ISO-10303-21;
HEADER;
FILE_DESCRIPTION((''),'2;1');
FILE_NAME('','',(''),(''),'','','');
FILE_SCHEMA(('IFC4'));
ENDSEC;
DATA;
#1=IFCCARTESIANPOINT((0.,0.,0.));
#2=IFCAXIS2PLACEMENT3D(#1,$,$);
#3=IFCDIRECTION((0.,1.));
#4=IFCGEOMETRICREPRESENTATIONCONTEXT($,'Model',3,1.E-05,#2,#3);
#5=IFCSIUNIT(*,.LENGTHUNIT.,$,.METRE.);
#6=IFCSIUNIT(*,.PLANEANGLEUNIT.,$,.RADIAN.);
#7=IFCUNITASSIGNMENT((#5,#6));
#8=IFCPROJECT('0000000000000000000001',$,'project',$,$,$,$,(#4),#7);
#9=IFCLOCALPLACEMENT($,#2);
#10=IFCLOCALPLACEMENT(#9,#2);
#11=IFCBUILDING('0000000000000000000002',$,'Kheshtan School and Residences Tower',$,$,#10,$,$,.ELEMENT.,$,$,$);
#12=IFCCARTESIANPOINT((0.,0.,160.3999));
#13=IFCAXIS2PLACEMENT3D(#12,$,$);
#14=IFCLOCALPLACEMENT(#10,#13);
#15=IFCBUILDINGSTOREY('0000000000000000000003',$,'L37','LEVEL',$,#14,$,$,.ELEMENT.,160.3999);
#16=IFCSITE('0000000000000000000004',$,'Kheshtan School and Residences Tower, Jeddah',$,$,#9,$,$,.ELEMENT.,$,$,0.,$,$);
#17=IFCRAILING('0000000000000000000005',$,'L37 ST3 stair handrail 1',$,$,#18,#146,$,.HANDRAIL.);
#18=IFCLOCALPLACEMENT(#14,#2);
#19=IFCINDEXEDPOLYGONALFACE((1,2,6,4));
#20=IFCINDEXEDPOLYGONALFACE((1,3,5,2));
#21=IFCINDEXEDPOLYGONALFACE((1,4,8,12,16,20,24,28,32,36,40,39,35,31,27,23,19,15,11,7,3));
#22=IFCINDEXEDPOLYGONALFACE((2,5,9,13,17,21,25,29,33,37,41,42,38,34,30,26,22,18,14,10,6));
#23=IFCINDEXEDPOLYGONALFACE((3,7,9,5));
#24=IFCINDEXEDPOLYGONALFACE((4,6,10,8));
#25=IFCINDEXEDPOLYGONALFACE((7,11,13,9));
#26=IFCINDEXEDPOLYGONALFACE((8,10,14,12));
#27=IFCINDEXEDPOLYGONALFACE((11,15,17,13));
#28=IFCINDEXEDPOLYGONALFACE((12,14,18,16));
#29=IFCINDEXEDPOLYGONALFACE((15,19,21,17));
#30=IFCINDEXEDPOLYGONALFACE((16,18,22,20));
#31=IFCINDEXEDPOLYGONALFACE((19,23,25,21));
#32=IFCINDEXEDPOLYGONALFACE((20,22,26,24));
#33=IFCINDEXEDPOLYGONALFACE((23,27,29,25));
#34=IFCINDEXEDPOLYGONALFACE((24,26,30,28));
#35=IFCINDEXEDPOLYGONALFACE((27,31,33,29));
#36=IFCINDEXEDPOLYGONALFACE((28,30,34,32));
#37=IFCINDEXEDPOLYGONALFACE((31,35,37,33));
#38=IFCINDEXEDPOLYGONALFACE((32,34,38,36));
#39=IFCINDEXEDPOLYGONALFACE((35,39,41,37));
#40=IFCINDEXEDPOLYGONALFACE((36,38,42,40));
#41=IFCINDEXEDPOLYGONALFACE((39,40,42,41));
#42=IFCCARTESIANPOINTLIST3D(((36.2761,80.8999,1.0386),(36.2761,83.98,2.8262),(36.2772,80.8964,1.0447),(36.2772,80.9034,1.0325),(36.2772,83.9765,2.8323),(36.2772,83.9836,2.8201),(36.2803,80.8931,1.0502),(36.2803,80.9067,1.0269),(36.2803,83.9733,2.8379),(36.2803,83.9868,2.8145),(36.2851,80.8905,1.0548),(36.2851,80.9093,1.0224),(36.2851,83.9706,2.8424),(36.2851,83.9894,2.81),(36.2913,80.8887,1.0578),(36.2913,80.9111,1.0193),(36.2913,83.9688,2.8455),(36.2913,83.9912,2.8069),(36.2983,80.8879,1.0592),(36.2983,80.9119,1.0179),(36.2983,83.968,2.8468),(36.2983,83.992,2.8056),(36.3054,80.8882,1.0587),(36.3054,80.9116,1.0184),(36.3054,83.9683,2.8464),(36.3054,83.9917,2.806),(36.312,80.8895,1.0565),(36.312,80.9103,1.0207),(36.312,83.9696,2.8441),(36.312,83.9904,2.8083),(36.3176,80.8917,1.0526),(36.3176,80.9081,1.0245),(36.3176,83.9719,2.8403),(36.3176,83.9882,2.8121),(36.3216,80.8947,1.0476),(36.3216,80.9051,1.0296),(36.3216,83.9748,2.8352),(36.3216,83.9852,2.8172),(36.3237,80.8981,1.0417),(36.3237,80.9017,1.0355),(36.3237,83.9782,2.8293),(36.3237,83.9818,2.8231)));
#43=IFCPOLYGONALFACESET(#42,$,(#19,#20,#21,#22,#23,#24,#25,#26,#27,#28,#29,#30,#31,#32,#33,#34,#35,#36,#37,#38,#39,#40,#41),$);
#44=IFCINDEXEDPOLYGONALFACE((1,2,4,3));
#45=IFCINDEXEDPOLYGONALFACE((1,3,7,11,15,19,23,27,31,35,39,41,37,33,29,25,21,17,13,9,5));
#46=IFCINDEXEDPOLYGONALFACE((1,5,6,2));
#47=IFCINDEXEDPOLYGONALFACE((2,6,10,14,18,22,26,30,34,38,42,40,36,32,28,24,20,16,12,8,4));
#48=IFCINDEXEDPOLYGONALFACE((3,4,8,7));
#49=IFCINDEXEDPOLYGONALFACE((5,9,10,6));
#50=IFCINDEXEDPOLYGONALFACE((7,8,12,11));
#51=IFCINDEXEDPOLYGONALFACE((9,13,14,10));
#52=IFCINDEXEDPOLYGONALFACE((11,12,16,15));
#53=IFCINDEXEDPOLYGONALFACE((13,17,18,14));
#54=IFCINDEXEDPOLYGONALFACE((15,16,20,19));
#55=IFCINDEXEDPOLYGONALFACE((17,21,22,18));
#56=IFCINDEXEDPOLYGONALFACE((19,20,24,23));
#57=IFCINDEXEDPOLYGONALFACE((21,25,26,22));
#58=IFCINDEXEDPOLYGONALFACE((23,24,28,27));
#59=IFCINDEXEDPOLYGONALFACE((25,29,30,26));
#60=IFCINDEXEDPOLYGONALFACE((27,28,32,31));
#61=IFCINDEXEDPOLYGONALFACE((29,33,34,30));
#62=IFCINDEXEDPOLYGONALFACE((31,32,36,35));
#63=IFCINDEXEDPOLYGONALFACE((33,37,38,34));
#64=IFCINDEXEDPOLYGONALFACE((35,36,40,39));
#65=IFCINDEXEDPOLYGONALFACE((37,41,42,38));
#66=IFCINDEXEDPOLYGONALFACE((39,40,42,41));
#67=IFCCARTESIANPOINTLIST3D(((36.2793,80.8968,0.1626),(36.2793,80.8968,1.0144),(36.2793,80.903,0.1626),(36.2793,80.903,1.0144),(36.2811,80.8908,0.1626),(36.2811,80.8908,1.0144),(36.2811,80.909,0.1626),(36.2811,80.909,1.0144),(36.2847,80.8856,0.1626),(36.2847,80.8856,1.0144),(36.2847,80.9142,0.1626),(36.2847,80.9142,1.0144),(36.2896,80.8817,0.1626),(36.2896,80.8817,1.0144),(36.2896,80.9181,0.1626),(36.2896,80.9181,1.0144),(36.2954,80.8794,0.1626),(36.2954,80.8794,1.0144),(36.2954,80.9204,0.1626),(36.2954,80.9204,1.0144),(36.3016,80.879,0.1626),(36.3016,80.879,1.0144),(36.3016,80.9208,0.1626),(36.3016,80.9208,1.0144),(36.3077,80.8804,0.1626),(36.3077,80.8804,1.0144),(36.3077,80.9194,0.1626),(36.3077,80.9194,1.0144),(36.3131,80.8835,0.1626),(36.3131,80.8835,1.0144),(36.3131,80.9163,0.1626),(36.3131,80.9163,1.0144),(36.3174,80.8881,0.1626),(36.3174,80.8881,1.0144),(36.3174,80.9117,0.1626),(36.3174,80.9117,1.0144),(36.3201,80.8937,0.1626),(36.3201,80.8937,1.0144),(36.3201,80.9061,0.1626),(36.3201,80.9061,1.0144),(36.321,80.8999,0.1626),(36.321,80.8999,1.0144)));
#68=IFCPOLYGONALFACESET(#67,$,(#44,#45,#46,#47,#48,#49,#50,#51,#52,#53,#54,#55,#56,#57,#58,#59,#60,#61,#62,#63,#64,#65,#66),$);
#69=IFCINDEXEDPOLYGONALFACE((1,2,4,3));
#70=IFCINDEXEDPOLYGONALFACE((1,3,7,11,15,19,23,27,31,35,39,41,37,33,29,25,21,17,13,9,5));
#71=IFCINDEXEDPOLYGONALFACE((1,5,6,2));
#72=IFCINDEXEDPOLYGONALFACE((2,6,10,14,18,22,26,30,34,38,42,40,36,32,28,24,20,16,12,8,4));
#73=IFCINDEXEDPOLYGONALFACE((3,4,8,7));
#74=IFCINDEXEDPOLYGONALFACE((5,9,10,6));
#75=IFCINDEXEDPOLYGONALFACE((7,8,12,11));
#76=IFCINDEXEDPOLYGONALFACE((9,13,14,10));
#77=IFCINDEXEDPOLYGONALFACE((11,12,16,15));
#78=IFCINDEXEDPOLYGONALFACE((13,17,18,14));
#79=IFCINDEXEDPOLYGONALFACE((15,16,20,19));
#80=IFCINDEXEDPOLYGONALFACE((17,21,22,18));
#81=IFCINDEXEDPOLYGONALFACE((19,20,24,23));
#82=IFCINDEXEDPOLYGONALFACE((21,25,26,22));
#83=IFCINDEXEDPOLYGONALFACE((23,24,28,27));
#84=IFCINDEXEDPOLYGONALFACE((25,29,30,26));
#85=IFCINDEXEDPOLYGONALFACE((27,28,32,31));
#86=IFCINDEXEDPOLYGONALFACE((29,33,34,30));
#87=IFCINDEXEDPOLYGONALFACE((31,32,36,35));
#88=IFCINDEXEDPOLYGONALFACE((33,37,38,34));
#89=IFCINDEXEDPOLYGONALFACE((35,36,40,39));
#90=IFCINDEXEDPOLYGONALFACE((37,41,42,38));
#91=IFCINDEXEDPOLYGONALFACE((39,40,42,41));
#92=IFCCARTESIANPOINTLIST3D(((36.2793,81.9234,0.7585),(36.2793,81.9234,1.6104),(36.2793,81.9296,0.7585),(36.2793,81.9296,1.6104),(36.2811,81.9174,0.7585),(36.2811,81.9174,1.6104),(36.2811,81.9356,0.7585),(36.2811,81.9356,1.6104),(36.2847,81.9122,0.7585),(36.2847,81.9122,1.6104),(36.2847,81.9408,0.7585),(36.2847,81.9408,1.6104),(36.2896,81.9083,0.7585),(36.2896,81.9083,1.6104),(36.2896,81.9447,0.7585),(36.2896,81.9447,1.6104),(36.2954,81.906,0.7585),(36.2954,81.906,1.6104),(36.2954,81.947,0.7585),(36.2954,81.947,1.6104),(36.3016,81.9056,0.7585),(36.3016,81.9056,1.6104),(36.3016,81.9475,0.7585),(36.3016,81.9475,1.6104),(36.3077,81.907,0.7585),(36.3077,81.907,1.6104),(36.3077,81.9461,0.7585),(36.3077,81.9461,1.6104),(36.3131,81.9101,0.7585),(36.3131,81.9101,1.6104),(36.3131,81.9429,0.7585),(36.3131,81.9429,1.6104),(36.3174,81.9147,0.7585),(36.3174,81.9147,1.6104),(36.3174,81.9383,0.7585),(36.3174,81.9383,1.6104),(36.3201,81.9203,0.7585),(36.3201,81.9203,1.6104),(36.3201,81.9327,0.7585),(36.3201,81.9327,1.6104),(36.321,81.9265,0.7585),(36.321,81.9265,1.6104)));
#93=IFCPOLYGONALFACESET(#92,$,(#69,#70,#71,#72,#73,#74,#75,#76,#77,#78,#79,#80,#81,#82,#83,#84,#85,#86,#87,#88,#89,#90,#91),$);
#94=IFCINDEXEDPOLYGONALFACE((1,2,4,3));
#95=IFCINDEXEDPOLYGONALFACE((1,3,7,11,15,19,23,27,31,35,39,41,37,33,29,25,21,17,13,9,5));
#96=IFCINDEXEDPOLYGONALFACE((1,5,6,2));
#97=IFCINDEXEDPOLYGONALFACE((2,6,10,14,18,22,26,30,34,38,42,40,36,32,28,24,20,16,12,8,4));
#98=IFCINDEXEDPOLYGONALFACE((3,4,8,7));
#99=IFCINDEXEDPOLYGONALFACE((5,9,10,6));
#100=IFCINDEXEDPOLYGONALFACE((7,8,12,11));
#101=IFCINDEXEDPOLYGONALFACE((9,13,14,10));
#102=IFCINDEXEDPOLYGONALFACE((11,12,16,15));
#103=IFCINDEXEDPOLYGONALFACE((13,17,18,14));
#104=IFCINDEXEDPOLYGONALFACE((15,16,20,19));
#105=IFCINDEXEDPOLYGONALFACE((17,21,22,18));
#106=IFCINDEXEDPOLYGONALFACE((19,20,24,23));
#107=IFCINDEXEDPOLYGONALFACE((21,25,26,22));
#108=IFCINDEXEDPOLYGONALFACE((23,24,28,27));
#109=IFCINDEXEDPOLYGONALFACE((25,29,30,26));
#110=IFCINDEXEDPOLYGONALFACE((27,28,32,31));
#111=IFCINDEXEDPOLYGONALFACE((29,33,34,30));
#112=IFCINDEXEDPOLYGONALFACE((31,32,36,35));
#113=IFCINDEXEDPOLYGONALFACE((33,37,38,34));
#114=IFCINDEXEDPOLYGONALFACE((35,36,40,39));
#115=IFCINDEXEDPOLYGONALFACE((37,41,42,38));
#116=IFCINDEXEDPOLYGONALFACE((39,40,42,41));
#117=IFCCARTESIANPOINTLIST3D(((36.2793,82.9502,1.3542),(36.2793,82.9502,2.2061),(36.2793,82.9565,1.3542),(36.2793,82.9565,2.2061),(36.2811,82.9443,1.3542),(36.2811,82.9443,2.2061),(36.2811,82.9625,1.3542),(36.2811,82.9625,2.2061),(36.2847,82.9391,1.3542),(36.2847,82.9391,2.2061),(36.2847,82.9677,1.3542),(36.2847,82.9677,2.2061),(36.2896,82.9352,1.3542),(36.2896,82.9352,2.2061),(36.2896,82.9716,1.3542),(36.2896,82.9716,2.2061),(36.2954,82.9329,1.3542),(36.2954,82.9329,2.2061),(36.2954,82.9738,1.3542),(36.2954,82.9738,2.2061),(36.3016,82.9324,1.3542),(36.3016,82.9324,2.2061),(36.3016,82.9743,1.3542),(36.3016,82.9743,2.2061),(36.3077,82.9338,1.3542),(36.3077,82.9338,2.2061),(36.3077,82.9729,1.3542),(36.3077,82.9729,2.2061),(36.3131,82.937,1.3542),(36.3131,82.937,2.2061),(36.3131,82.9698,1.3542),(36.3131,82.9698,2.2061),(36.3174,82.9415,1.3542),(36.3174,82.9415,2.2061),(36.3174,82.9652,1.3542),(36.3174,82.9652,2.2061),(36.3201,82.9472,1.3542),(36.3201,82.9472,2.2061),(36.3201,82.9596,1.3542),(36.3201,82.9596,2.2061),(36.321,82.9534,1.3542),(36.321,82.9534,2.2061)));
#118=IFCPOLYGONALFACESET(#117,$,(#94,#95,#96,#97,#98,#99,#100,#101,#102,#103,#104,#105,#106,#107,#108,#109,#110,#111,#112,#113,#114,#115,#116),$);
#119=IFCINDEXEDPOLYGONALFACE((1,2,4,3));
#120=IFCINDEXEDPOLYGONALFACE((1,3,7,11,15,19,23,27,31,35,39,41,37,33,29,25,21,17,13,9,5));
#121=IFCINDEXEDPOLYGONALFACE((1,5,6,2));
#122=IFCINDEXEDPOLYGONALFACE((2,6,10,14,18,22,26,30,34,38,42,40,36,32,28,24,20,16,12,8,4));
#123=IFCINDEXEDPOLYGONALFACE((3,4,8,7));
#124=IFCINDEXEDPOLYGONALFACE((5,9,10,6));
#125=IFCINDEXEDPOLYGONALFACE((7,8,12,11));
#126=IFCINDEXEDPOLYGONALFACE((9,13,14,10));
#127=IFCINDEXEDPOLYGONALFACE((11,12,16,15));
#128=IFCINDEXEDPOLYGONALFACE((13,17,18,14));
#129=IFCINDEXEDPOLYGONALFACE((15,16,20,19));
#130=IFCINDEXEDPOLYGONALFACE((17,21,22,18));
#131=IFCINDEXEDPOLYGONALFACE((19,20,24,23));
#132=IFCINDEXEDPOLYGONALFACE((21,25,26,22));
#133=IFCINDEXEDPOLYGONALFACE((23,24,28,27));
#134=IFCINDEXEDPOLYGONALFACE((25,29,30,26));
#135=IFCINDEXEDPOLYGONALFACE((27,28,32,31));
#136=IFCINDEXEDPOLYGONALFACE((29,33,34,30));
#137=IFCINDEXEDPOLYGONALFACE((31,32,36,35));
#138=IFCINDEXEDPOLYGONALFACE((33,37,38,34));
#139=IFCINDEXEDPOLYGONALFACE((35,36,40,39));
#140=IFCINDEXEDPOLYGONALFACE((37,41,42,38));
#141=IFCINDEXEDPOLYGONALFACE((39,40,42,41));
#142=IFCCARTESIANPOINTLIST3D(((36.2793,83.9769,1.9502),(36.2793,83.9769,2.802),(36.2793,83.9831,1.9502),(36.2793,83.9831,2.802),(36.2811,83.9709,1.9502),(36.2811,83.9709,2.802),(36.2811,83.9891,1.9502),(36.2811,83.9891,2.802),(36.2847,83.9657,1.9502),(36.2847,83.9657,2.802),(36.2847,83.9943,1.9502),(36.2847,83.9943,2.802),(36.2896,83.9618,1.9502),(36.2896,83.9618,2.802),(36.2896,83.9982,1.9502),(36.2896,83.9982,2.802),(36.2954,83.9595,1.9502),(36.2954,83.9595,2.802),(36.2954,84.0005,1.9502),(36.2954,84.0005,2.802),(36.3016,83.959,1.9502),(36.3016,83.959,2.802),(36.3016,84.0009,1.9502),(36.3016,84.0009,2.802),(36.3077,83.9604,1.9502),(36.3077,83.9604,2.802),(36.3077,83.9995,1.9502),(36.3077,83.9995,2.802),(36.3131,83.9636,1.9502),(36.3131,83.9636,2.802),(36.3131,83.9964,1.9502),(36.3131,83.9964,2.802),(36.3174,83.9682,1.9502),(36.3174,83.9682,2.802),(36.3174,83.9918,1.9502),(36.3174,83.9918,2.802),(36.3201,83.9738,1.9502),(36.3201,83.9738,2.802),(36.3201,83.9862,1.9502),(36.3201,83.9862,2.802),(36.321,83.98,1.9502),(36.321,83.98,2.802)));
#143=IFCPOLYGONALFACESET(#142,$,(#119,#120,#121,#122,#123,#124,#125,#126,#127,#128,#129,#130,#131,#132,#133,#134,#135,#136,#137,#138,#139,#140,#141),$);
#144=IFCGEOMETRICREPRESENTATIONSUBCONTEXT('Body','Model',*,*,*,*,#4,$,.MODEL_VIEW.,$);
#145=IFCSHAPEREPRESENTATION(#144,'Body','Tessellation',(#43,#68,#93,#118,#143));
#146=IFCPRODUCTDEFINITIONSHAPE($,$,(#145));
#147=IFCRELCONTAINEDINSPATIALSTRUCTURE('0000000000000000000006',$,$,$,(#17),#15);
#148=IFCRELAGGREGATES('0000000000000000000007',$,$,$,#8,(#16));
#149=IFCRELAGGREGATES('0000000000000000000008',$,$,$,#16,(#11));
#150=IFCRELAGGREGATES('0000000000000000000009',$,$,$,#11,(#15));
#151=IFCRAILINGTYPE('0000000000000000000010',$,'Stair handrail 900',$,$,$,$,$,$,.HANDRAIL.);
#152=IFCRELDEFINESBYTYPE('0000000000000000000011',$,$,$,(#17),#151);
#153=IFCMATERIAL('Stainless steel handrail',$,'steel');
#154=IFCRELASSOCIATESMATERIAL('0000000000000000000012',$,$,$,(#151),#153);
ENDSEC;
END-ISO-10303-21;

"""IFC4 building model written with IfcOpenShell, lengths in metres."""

from ifc_helpers import new_model, si_unit, direction, frame, origin, origin_2d, place, context, subcontext, project, spatial, circle, extrude, material, type_object, element, save


model = new_model("IFC4")

# Units and contexts
model_context = context("Model", 3, precision=1e-05, world=origin(), true_north=direction((0.0, 1.0)))
body_context = subcontext(model_context, "Body", "Model", "MODEL_VIEW")
ifc_project = project(units=[si_unit("LENGTHUNIT", "METRE"), si_unit("PLANEANGLEUNIT", "RADIAN")], contexts=[model_context])

# Site, building, storey
site_placement = place(None, origin())
site = spatial("IfcSite", under=ifc_project, at=site_placement, Name="Kheshtan School and Residences Tower, Jeddah", CompositionType="ELEMENT", RefElevation=0.0)
building_placement = place(site_placement, origin())
building = spatial("IfcBuilding", under=site, at=building_placement, Name="Kheshtan School and Residences Tower", CompositionType="ELEMENT")
storey_placement = place(building_placement, frame((0.0, 0.0, 160.3999)))
storey = spatial("IfcBuildingStorey", under=building, at=storey_placement, Name="L37", Description="LEVEL", CompositionType="ELEMENT", Elevation=160.3999)

# Railing
ifc_material_1 = material(Name="Stainless steel handrail", Category="steel")
railing_type_1 = type_object("IfcRailingType", Name="Stair handrail 900", PredefinedType="HANDRAIL", material=ifc_material_1)
railing_1_placement = place(storey_placement, frame((36.3, 80.8999, 0.1626)))
element("IfcRailing", 1, at=railing_1_placement, inside=storey, type_object=railing_type_1, Name="L37 ST3 stair handrail 1", PredefinedType="HANDRAIL", context=body_context, shape_type="SweptSolid", body=[
    extrude(circle(Radius=0.0239, at=origin_2d()), frame((0.0, 0.0, 0.876), z_axis=(0.0, 0.864891, 0.50196), x_axis=(-1.0, 0.0, 0.0)), (0.0, 0.0, 1.0), 3.5613),
    extrude(circle(Radius=0.021, at=origin_2d()), origin(), (0.0, 0.0, 1.0), 0.8518),
    extrude(circle(Radius=0.021, at=origin_2d()), frame((0.0, 1.0266, 0.5959)), (0.0, 0.0, 1.0), 0.8518),
    extrude(circle(Radius=0.021, at=origin_2d()), frame((0.0, 2.0535, 1.1917)), (0.0, 0.0, 1.0), 0.8518),
    extrude(circle(Radius=0.021, at=origin_2d()), frame((0.0, 3.0801, 1.7876)), (0.0, 0.0, 1.0), 0.8518),
])

save(model, "model.ifc")
